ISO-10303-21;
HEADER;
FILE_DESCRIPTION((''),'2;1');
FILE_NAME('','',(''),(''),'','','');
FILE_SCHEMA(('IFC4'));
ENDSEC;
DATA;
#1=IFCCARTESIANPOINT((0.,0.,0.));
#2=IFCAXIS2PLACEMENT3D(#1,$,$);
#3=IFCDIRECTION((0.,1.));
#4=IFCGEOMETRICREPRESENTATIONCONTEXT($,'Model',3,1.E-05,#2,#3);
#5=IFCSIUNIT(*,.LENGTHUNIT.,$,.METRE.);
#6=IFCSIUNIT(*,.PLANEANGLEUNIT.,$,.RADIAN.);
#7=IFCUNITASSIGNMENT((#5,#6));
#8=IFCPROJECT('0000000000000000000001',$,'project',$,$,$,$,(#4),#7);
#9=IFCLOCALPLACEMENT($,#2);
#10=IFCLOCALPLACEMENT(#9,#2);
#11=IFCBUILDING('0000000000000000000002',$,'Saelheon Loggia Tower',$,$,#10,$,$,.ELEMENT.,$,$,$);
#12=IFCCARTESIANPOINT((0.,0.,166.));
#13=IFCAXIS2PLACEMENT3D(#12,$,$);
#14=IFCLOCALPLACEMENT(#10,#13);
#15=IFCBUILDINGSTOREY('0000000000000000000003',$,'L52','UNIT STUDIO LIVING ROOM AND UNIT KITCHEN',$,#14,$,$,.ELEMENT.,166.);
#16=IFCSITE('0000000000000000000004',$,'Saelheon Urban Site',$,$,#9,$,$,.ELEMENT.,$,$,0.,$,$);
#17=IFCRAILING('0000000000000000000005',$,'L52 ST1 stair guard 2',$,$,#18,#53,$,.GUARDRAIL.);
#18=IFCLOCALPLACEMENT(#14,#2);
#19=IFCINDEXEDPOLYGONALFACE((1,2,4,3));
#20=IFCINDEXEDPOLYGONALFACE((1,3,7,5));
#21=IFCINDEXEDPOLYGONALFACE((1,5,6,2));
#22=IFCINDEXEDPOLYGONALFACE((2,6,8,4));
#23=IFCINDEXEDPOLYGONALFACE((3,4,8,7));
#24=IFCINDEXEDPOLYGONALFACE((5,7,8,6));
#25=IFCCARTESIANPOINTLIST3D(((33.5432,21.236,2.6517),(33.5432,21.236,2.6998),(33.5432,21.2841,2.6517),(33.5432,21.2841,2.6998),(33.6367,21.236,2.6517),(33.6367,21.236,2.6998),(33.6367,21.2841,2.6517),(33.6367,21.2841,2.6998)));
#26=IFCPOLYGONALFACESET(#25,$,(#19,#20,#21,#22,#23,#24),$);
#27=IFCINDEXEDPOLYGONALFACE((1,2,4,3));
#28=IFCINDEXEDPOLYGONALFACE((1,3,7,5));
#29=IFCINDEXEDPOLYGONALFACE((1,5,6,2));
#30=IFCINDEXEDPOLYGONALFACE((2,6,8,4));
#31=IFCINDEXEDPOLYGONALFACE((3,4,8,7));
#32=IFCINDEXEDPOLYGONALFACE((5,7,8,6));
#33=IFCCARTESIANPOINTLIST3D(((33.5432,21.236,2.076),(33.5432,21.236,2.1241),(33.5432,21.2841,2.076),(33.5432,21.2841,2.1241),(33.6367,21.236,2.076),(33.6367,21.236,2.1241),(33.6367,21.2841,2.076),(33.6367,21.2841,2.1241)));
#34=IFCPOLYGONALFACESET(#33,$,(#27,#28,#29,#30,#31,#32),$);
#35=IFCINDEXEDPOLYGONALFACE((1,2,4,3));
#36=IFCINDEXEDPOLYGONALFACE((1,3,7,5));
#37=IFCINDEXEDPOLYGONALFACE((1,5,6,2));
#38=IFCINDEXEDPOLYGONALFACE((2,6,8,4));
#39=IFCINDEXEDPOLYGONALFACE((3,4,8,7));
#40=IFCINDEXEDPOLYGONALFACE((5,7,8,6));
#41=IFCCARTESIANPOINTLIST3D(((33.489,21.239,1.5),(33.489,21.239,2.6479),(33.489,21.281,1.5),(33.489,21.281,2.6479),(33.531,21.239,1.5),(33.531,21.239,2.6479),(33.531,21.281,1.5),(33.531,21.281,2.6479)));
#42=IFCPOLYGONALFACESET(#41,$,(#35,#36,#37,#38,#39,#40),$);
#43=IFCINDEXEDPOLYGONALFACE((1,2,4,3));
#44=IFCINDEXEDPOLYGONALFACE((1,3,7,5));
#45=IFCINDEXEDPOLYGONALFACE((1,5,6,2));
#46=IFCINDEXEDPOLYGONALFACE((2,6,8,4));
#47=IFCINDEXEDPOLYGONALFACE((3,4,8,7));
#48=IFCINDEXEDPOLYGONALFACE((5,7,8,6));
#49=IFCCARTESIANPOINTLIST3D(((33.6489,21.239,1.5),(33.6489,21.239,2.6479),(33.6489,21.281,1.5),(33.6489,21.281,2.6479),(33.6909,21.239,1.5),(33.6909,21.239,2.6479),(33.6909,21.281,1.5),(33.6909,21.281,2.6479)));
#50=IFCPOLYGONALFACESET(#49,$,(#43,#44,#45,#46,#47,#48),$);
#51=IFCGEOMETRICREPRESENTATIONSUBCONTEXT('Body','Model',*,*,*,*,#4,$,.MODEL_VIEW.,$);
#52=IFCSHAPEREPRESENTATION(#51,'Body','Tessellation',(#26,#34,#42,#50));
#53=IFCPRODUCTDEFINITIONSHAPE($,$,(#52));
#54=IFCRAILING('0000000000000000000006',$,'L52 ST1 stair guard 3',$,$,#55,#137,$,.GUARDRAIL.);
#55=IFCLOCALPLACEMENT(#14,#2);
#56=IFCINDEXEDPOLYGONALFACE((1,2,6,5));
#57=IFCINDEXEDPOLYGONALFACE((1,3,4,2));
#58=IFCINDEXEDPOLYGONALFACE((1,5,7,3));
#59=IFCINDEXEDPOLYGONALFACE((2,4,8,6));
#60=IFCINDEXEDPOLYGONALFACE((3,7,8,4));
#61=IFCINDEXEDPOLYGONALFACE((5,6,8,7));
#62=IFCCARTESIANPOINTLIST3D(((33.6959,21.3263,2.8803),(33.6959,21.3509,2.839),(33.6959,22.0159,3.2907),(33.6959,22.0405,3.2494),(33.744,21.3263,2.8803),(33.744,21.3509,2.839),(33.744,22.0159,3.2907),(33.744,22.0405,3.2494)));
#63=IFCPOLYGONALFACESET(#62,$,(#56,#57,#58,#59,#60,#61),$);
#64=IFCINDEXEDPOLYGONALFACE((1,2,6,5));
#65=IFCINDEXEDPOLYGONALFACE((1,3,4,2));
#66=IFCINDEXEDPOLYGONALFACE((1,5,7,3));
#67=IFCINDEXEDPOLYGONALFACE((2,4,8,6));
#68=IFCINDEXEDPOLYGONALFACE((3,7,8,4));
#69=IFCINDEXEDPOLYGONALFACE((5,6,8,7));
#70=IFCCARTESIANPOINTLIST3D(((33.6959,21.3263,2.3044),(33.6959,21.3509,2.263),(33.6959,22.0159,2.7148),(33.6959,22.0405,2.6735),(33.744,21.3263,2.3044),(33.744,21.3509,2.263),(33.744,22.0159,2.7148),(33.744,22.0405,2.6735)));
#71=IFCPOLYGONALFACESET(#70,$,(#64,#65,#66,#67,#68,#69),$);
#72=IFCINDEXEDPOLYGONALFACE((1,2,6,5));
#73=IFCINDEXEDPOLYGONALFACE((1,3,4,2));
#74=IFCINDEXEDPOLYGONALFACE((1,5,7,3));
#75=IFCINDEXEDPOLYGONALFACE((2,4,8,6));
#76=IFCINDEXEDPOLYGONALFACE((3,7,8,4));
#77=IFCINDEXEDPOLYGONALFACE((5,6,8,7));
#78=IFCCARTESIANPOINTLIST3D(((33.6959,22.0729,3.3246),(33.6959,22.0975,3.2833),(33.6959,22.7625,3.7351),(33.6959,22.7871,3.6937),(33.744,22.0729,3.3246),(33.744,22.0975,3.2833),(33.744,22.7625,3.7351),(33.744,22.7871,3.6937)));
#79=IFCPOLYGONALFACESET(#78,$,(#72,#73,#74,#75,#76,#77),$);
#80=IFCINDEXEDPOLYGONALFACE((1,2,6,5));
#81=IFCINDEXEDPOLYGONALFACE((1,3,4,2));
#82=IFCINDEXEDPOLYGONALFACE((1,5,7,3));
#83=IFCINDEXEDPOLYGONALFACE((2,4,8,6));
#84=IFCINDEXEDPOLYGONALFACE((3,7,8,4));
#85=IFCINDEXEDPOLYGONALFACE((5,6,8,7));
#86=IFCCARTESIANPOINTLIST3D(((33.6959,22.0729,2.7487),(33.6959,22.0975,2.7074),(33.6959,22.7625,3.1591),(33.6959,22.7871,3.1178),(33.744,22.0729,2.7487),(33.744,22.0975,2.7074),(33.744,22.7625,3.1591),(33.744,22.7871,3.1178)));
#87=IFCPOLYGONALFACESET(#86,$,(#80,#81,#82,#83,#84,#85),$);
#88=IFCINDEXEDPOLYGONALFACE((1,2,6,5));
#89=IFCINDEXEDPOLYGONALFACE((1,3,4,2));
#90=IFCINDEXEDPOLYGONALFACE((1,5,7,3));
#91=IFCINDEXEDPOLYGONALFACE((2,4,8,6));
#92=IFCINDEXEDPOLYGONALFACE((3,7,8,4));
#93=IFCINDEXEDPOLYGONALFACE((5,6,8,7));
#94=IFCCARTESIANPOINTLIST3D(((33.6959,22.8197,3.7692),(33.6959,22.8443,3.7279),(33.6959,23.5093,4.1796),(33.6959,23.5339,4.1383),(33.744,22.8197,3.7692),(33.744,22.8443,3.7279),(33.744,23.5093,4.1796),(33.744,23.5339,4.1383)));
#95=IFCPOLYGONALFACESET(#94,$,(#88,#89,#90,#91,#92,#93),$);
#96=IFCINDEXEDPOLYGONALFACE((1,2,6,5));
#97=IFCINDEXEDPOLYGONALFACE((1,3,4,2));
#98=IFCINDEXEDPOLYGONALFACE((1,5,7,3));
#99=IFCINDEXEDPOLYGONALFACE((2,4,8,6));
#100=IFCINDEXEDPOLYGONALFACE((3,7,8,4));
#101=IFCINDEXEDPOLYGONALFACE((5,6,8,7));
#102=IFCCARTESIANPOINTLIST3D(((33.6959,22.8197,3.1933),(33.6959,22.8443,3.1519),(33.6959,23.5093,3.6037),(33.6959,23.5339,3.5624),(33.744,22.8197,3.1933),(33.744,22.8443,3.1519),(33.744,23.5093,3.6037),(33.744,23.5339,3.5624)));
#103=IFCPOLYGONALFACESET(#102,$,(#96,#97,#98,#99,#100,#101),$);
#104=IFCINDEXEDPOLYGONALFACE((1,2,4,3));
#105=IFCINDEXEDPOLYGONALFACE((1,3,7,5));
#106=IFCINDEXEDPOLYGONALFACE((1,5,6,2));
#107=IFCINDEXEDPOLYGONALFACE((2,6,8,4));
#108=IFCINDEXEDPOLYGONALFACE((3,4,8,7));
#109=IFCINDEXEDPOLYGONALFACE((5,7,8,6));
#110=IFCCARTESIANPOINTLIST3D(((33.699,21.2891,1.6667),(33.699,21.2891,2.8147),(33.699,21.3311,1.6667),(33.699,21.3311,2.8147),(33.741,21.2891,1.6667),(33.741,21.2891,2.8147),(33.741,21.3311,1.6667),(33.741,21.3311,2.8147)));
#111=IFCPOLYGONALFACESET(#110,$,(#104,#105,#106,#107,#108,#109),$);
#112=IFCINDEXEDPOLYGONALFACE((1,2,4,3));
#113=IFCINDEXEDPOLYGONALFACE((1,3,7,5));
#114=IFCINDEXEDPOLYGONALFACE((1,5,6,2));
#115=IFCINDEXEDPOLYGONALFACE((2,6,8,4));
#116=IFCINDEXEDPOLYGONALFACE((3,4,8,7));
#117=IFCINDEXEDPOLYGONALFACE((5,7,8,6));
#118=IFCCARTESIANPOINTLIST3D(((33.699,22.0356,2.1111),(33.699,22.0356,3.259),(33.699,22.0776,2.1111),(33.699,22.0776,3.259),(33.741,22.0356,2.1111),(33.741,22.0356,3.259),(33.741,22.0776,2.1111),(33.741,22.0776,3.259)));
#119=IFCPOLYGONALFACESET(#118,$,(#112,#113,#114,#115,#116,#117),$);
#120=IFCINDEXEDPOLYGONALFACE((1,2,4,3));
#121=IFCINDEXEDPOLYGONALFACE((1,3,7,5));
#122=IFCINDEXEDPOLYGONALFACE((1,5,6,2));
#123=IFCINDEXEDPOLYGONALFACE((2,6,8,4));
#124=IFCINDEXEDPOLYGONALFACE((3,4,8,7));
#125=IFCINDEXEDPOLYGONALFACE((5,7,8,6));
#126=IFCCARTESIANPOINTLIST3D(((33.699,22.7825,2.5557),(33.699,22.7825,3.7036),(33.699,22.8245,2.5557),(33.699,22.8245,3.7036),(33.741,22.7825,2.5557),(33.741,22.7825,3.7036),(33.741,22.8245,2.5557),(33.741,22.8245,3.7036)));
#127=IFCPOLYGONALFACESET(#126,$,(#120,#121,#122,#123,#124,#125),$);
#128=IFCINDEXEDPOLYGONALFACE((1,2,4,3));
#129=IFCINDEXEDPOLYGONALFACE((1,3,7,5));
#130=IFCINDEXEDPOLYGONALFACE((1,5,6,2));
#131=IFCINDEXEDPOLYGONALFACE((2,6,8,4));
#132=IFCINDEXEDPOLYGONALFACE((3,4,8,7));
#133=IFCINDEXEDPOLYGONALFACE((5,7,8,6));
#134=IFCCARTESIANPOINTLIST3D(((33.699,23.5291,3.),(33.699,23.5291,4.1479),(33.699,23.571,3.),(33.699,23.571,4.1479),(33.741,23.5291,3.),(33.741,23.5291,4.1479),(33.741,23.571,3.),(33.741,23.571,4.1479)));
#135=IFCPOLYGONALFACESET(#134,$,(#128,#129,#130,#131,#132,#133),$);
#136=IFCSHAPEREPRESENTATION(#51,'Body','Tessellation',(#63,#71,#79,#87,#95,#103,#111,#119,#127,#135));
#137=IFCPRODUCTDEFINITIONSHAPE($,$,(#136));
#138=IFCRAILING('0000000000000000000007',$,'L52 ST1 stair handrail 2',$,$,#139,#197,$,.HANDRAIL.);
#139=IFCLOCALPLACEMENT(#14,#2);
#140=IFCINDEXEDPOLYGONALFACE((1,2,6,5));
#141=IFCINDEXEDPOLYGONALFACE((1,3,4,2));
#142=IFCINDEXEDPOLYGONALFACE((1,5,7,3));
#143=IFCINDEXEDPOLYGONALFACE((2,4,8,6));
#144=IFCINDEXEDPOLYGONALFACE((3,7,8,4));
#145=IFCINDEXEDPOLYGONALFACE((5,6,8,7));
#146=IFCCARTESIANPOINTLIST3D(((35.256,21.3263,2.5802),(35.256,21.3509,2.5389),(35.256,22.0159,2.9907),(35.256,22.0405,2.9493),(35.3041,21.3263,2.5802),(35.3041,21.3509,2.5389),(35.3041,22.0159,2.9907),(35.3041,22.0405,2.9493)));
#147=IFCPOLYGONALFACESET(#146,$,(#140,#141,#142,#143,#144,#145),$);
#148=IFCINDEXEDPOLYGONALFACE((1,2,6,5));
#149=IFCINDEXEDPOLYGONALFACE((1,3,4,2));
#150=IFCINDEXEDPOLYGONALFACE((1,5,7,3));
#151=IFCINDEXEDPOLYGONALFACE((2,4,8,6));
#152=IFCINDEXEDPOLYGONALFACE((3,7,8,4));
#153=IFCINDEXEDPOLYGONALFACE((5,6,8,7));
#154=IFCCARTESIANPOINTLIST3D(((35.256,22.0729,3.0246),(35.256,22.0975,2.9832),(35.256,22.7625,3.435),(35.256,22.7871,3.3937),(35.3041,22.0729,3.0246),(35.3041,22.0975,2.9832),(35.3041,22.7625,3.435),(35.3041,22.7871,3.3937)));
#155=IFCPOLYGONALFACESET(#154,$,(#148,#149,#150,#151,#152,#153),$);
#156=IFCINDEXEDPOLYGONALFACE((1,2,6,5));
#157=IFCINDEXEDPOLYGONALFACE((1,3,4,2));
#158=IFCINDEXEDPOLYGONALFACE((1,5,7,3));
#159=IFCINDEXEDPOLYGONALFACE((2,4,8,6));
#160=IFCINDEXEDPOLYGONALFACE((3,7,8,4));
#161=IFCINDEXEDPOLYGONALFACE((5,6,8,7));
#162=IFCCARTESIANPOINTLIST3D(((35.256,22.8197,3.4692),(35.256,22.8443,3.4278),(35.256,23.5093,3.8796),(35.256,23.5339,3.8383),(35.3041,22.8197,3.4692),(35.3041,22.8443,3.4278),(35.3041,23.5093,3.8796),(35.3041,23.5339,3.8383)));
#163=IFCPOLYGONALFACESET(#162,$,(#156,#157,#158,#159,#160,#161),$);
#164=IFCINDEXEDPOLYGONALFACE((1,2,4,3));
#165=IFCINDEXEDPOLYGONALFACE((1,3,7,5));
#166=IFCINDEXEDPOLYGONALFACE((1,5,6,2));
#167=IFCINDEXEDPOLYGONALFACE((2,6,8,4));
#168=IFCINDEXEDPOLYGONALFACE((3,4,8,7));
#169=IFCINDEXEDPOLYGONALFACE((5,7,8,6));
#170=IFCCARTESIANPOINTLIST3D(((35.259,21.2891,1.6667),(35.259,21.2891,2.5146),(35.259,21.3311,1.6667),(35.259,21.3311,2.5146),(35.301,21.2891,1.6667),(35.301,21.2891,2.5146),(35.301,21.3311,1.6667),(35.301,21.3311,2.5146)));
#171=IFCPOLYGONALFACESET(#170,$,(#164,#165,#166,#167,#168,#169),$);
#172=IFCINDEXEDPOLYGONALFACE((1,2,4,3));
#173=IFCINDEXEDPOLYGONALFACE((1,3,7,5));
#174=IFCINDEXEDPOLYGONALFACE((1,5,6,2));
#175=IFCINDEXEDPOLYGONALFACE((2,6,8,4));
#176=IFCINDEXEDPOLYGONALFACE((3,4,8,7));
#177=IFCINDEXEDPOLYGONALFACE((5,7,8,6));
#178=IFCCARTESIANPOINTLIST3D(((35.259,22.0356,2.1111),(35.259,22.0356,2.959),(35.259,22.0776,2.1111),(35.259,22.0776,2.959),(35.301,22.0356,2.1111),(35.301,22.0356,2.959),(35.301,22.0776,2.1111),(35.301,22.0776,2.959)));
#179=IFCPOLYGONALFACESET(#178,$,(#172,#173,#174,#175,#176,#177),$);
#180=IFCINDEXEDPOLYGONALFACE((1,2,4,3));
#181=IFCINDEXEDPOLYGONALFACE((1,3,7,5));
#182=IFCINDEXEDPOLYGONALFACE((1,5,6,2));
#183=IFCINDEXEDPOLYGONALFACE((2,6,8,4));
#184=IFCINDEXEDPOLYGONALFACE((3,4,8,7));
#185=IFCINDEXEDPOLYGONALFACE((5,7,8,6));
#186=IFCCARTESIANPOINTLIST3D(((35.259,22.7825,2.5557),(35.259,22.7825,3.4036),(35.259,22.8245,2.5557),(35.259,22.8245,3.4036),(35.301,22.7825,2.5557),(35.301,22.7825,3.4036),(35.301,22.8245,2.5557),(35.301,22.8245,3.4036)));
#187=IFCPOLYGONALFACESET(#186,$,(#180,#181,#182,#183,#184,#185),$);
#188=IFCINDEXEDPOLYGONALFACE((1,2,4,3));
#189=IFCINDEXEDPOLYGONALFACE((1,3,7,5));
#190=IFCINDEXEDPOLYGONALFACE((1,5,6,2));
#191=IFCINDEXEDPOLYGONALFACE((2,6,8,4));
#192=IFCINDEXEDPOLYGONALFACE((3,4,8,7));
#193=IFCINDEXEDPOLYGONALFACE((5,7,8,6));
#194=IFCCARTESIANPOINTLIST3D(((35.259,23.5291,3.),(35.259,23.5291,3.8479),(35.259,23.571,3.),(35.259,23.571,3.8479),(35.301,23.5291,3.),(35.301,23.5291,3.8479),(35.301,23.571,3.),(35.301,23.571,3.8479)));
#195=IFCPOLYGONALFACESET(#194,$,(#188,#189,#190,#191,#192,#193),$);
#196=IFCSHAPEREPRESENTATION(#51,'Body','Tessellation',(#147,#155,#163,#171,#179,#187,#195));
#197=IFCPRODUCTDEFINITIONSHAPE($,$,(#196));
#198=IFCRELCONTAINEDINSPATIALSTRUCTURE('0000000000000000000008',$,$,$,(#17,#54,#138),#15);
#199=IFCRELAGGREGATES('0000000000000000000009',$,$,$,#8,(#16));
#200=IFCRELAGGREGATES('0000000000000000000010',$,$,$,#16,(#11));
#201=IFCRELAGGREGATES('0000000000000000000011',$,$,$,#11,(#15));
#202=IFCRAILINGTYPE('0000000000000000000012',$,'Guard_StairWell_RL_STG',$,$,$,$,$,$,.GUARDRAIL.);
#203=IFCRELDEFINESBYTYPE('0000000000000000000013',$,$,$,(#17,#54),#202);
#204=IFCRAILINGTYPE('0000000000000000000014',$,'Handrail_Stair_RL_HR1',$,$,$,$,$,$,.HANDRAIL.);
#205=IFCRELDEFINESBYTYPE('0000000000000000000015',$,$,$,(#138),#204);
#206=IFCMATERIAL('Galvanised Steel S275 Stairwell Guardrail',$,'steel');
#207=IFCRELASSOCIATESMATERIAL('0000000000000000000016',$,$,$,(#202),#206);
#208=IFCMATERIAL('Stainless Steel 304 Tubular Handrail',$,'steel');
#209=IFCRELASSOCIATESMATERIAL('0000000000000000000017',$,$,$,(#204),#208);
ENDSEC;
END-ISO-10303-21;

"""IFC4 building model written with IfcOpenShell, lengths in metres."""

from ifc_helpers import new_model, si_unit, direction, frame, origin, origin_2d, place, context, subcontext, project, spatial, rectangle, extrude, material, type_object, element, save


model = new_model("IFC4")

# Units and contexts
model_context = context("Model", 3, precision=1e-05, world=origin(), true_north=direction((0.0, 1.0)))
body_context = subcontext(model_context, "Body", "Model", "MODEL_VIEW")
ifc_project = project(units=[si_unit("LENGTHUNIT", "METRE"), si_unit("PLANEANGLEUNIT", "RADIAN")], contexts=[model_context])

# Site, building, storey
site_placement = place(None, origin())
site = spatial("IfcSite", under=ifc_project, at=site_placement, Name="Saelheon Urban Site", CompositionType="ELEMENT", RefElevation=0.0)
building_placement = place(site_placement, origin())
building = spatial("IfcBuilding", under=site, at=building_placement, Name="Saelheon Loggia Tower", CompositionType="ELEMENT")
storey_placement = place(building_placement, frame((0.0, 0.0, 166.0)))
storey = spatial("IfcBuildingStorey", under=building, at=storey_placement, Name="L52", Description="UNIT STUDIO LIVING ROOM AND UNIT KITCHEN", CompositionType="ELEMENT", Elevation=166.0)

# Railings
ifc_material_1 = material(Name="Galvanised Steel S275 Stairwell Guardrail", Category="steel")
railing_type_1 = type_object("IfcRailingType", Name="Guard_StairWell_RL_STG", PredefinedType="GUARDRAIL", material=ifc_material_1)
railing_1_placement = place(storey_placement, frame((33.51, 21.26, 1.5)))
element("IfcRailing", 1, at=railing_1_placement, inside=storey, type_object=railing_type_1, Name="L52 ST1 stair guard 2", PredefinedType="GUARDRAIL", context=body_context, shape_type="SweptSolid", body=[
    extrude(rectangle(XDim=0.0481, YDim=0.0481, at=origin_2d()), frame((0.0332, 0.0, 1.1758), z_axis=(1.0, 0.0, 0.0), x_axis=(0.0, 1.0, 0.0)), (0.0, 0.0, 1.0), 0.0935),
    extrude(rectangle(XDim=0.0481, YDim=0.0481, at=origin_2d()), frame((0.0332, 0.0, 0.6001), z_axis=(1.0, 0.0, 0.0), x_axis=(0.0, 1.0, 0.0)), (0.0, 0.0, 1.0), 0.0935),
    extrude(rectangle(XDim=0.042, YDim=0.042, at=origin_2d()), origin(), (0.0, 0.0, 1.0), 1.1479),
    extrude(rectangle(XDim=0.042, YDim=0.042, at=origin_2d()), frame((0.1599, 0.0, 0.0)), (0.0, 0.0, 1.0), 1.1479),
])
railing_2_placement = place(storey_placement, frame((33.72, 21.3101, 1.6667)))
element("IfcRailing", 2, at=railing_2_placement, inside=storey, type_object=railing_type_1, Name="L52 ST1 stair guard 3", PredefinedType="GUARDRAIL", context=body_context, shape_type="SweptSolid", body=[
    extrude(rectangle(XDim=0.0481, YDim=0.0481, at=origin_2d()), frame((0.0, 0.0286, 1.1929), z_axis=(0.0, 0.859306, 0.511462), x_axis=(-1.0, 0.0, 0.0)), (0.0, 0.0, 1.0), 0.8025),
    extrude(rectangle(XDim=0.0481, YDim=0.0481, at=origin_2d()), frame((0.0, 0.0286, 0.6169), z_axis=(0.0, 0.859306, 0.511462), x_axis=(-1.0, 0.0, 0.0)), (0.0, 0.0, 1.0), 0.8025),
    extrude(rectangle(XDim=0.0481, YDim=0.0481, at=origin_2d()), frame((0.0, 0.7751, 1.6372), z_axis=(0.0, 0.859306, 0.511462), x_axis=(-1.0, 0.0, 0.0)), (0.0, 0.0, 1.0), 0.8025),
    extrude(rectangle(XDim=0.0481, YDim=0.0481, at=origin_2d()), frame((0.0, 0.7751, 1.0613), z_axis=(0.0, 0.859306, 0.511462), x_axis=(-1.0, 0.0, 0.0)), (0.0, 0.0, 1.0), 0.8025),
    extrude(rectangle(XDim=0.0481, YDim=0.0481, at=origin_2d()), frame((0.0, 1.522, 2.0818), z_axis=(0.0, 0.859306, 0.511462), x_axis=(-1.0, 0.0, 0.0)), (0.0, 0.0, 1.0), 0.8025),
    extrude(rectangle(XDim=0.0481, YDim=0.0481, at=origin_2d()), frame((0.0, 1.522, 1.5059), z_axis=(0.0, 0.859306, 0.511462), x_axis=(-1.0, 0.0, 0.0)), (0.0, 0.0, 1.0), 0.8025),
    extrude(rectangle(XDim=0.042, YDim=0.042, at=origin_2d()), origin(), (0.0, 0.0, 1.0), 1.1479),
    extrude(rectangle(XDim=0.042, YDim=0.042, at=origin_2d()), frame((0.0, 0.7466, 0.4443)), (0.0, 0.0, 1.0), 1.1479),
    extrude(rectangle(XDim=0.042, YDim=0.042, at=origin_2d()), frame((0.0, 1.4934, 0.8889)), (0.0, 0.0, 1.0), 1.1479),
    extrude(rectangle(XDim=0.042, YDim=0.042, at=origin_2d()), frame((0.0, 2.24, 1.3333)), (0.0, 0.0, 1.0), 1.1479),
])
ifc_material_2 = material(Name="Stainless Steel 304 Tubular Handrail", Category="steel")
railing_type_2 = type_object("IfcRailingType", Name="Handrail_Stair_RL_HR1", PredefinedType="HANDRAIL", material=ifc_material_2)
railing_3_placement = place(storey_placement, frame((35.28, 21.3101, 1.6667)))
element("IfcRailing", 3, at=railing_3_placement, inside=storey, type_object=railing_type_2, Name="L52 ST1 stair handrail 2", PredefinedType="HANDRAIL", context=body_context, shape_type="SweptSolid", body=[
    extrude(rectangle(XDim=0.0481, YDim=0.0481, at=origin_2d()), frame((0.0, 0.0286, 0.8928), z_axis=(0.0, 0.859306, 0.511462), x_axis=(-1.0, 0.0, 0.0)), (0.0, 0.0, 1.0), 0.8025),
    extrude(rectangle(XDim=0.0481, YDim=0.0481, at=origin_2d()), frame((0.0, 0.7751, 1.3372), z_axis=(0.0, 0.859306, 0.511462), x_axis=(-1.0, 0.0, 0.0)), (0.0, 0.0, 1.0), 0.8025),
    extrude(rectangle(XDim=0.0481, YDim=0.0481, at=origin_2d()), frame((0.0, 1.522, 1.7817), z_axis=(0.0, 0.859306, 0.511462), x_axis=(-1.0, 0.0, 0.0)), (0.0, 0.0, 1.0), 0.8025),
    extrude(rectangle(XDim=0.042, YDim=0.042, at=origin_2d()), origin(), (0.0, 0.0, 1.0), 0.8479),
    extrude(rectangle(XDim=0.042, YDim=0.042, at=origin_2d()), frame((0.0, 0.7466, 0.4443)), (0.0, 0.0, 1.0), 0.8479),
    extrude(rectangle(XDim=0.042, YDim=0.042, at=origin_2d()), frame((0.0, 1.4934, 0.8889)), (0.0, 0.0, 1.0), 0.8479),
    extrude(rectangle(XDim=0.042, YDim=0.042, at=origin_2d()), frame((0.0, 2.24, 1.3333)), (0.0, 0.0, 1.0), 0.8479),
])

save(model, "model.ifc")
